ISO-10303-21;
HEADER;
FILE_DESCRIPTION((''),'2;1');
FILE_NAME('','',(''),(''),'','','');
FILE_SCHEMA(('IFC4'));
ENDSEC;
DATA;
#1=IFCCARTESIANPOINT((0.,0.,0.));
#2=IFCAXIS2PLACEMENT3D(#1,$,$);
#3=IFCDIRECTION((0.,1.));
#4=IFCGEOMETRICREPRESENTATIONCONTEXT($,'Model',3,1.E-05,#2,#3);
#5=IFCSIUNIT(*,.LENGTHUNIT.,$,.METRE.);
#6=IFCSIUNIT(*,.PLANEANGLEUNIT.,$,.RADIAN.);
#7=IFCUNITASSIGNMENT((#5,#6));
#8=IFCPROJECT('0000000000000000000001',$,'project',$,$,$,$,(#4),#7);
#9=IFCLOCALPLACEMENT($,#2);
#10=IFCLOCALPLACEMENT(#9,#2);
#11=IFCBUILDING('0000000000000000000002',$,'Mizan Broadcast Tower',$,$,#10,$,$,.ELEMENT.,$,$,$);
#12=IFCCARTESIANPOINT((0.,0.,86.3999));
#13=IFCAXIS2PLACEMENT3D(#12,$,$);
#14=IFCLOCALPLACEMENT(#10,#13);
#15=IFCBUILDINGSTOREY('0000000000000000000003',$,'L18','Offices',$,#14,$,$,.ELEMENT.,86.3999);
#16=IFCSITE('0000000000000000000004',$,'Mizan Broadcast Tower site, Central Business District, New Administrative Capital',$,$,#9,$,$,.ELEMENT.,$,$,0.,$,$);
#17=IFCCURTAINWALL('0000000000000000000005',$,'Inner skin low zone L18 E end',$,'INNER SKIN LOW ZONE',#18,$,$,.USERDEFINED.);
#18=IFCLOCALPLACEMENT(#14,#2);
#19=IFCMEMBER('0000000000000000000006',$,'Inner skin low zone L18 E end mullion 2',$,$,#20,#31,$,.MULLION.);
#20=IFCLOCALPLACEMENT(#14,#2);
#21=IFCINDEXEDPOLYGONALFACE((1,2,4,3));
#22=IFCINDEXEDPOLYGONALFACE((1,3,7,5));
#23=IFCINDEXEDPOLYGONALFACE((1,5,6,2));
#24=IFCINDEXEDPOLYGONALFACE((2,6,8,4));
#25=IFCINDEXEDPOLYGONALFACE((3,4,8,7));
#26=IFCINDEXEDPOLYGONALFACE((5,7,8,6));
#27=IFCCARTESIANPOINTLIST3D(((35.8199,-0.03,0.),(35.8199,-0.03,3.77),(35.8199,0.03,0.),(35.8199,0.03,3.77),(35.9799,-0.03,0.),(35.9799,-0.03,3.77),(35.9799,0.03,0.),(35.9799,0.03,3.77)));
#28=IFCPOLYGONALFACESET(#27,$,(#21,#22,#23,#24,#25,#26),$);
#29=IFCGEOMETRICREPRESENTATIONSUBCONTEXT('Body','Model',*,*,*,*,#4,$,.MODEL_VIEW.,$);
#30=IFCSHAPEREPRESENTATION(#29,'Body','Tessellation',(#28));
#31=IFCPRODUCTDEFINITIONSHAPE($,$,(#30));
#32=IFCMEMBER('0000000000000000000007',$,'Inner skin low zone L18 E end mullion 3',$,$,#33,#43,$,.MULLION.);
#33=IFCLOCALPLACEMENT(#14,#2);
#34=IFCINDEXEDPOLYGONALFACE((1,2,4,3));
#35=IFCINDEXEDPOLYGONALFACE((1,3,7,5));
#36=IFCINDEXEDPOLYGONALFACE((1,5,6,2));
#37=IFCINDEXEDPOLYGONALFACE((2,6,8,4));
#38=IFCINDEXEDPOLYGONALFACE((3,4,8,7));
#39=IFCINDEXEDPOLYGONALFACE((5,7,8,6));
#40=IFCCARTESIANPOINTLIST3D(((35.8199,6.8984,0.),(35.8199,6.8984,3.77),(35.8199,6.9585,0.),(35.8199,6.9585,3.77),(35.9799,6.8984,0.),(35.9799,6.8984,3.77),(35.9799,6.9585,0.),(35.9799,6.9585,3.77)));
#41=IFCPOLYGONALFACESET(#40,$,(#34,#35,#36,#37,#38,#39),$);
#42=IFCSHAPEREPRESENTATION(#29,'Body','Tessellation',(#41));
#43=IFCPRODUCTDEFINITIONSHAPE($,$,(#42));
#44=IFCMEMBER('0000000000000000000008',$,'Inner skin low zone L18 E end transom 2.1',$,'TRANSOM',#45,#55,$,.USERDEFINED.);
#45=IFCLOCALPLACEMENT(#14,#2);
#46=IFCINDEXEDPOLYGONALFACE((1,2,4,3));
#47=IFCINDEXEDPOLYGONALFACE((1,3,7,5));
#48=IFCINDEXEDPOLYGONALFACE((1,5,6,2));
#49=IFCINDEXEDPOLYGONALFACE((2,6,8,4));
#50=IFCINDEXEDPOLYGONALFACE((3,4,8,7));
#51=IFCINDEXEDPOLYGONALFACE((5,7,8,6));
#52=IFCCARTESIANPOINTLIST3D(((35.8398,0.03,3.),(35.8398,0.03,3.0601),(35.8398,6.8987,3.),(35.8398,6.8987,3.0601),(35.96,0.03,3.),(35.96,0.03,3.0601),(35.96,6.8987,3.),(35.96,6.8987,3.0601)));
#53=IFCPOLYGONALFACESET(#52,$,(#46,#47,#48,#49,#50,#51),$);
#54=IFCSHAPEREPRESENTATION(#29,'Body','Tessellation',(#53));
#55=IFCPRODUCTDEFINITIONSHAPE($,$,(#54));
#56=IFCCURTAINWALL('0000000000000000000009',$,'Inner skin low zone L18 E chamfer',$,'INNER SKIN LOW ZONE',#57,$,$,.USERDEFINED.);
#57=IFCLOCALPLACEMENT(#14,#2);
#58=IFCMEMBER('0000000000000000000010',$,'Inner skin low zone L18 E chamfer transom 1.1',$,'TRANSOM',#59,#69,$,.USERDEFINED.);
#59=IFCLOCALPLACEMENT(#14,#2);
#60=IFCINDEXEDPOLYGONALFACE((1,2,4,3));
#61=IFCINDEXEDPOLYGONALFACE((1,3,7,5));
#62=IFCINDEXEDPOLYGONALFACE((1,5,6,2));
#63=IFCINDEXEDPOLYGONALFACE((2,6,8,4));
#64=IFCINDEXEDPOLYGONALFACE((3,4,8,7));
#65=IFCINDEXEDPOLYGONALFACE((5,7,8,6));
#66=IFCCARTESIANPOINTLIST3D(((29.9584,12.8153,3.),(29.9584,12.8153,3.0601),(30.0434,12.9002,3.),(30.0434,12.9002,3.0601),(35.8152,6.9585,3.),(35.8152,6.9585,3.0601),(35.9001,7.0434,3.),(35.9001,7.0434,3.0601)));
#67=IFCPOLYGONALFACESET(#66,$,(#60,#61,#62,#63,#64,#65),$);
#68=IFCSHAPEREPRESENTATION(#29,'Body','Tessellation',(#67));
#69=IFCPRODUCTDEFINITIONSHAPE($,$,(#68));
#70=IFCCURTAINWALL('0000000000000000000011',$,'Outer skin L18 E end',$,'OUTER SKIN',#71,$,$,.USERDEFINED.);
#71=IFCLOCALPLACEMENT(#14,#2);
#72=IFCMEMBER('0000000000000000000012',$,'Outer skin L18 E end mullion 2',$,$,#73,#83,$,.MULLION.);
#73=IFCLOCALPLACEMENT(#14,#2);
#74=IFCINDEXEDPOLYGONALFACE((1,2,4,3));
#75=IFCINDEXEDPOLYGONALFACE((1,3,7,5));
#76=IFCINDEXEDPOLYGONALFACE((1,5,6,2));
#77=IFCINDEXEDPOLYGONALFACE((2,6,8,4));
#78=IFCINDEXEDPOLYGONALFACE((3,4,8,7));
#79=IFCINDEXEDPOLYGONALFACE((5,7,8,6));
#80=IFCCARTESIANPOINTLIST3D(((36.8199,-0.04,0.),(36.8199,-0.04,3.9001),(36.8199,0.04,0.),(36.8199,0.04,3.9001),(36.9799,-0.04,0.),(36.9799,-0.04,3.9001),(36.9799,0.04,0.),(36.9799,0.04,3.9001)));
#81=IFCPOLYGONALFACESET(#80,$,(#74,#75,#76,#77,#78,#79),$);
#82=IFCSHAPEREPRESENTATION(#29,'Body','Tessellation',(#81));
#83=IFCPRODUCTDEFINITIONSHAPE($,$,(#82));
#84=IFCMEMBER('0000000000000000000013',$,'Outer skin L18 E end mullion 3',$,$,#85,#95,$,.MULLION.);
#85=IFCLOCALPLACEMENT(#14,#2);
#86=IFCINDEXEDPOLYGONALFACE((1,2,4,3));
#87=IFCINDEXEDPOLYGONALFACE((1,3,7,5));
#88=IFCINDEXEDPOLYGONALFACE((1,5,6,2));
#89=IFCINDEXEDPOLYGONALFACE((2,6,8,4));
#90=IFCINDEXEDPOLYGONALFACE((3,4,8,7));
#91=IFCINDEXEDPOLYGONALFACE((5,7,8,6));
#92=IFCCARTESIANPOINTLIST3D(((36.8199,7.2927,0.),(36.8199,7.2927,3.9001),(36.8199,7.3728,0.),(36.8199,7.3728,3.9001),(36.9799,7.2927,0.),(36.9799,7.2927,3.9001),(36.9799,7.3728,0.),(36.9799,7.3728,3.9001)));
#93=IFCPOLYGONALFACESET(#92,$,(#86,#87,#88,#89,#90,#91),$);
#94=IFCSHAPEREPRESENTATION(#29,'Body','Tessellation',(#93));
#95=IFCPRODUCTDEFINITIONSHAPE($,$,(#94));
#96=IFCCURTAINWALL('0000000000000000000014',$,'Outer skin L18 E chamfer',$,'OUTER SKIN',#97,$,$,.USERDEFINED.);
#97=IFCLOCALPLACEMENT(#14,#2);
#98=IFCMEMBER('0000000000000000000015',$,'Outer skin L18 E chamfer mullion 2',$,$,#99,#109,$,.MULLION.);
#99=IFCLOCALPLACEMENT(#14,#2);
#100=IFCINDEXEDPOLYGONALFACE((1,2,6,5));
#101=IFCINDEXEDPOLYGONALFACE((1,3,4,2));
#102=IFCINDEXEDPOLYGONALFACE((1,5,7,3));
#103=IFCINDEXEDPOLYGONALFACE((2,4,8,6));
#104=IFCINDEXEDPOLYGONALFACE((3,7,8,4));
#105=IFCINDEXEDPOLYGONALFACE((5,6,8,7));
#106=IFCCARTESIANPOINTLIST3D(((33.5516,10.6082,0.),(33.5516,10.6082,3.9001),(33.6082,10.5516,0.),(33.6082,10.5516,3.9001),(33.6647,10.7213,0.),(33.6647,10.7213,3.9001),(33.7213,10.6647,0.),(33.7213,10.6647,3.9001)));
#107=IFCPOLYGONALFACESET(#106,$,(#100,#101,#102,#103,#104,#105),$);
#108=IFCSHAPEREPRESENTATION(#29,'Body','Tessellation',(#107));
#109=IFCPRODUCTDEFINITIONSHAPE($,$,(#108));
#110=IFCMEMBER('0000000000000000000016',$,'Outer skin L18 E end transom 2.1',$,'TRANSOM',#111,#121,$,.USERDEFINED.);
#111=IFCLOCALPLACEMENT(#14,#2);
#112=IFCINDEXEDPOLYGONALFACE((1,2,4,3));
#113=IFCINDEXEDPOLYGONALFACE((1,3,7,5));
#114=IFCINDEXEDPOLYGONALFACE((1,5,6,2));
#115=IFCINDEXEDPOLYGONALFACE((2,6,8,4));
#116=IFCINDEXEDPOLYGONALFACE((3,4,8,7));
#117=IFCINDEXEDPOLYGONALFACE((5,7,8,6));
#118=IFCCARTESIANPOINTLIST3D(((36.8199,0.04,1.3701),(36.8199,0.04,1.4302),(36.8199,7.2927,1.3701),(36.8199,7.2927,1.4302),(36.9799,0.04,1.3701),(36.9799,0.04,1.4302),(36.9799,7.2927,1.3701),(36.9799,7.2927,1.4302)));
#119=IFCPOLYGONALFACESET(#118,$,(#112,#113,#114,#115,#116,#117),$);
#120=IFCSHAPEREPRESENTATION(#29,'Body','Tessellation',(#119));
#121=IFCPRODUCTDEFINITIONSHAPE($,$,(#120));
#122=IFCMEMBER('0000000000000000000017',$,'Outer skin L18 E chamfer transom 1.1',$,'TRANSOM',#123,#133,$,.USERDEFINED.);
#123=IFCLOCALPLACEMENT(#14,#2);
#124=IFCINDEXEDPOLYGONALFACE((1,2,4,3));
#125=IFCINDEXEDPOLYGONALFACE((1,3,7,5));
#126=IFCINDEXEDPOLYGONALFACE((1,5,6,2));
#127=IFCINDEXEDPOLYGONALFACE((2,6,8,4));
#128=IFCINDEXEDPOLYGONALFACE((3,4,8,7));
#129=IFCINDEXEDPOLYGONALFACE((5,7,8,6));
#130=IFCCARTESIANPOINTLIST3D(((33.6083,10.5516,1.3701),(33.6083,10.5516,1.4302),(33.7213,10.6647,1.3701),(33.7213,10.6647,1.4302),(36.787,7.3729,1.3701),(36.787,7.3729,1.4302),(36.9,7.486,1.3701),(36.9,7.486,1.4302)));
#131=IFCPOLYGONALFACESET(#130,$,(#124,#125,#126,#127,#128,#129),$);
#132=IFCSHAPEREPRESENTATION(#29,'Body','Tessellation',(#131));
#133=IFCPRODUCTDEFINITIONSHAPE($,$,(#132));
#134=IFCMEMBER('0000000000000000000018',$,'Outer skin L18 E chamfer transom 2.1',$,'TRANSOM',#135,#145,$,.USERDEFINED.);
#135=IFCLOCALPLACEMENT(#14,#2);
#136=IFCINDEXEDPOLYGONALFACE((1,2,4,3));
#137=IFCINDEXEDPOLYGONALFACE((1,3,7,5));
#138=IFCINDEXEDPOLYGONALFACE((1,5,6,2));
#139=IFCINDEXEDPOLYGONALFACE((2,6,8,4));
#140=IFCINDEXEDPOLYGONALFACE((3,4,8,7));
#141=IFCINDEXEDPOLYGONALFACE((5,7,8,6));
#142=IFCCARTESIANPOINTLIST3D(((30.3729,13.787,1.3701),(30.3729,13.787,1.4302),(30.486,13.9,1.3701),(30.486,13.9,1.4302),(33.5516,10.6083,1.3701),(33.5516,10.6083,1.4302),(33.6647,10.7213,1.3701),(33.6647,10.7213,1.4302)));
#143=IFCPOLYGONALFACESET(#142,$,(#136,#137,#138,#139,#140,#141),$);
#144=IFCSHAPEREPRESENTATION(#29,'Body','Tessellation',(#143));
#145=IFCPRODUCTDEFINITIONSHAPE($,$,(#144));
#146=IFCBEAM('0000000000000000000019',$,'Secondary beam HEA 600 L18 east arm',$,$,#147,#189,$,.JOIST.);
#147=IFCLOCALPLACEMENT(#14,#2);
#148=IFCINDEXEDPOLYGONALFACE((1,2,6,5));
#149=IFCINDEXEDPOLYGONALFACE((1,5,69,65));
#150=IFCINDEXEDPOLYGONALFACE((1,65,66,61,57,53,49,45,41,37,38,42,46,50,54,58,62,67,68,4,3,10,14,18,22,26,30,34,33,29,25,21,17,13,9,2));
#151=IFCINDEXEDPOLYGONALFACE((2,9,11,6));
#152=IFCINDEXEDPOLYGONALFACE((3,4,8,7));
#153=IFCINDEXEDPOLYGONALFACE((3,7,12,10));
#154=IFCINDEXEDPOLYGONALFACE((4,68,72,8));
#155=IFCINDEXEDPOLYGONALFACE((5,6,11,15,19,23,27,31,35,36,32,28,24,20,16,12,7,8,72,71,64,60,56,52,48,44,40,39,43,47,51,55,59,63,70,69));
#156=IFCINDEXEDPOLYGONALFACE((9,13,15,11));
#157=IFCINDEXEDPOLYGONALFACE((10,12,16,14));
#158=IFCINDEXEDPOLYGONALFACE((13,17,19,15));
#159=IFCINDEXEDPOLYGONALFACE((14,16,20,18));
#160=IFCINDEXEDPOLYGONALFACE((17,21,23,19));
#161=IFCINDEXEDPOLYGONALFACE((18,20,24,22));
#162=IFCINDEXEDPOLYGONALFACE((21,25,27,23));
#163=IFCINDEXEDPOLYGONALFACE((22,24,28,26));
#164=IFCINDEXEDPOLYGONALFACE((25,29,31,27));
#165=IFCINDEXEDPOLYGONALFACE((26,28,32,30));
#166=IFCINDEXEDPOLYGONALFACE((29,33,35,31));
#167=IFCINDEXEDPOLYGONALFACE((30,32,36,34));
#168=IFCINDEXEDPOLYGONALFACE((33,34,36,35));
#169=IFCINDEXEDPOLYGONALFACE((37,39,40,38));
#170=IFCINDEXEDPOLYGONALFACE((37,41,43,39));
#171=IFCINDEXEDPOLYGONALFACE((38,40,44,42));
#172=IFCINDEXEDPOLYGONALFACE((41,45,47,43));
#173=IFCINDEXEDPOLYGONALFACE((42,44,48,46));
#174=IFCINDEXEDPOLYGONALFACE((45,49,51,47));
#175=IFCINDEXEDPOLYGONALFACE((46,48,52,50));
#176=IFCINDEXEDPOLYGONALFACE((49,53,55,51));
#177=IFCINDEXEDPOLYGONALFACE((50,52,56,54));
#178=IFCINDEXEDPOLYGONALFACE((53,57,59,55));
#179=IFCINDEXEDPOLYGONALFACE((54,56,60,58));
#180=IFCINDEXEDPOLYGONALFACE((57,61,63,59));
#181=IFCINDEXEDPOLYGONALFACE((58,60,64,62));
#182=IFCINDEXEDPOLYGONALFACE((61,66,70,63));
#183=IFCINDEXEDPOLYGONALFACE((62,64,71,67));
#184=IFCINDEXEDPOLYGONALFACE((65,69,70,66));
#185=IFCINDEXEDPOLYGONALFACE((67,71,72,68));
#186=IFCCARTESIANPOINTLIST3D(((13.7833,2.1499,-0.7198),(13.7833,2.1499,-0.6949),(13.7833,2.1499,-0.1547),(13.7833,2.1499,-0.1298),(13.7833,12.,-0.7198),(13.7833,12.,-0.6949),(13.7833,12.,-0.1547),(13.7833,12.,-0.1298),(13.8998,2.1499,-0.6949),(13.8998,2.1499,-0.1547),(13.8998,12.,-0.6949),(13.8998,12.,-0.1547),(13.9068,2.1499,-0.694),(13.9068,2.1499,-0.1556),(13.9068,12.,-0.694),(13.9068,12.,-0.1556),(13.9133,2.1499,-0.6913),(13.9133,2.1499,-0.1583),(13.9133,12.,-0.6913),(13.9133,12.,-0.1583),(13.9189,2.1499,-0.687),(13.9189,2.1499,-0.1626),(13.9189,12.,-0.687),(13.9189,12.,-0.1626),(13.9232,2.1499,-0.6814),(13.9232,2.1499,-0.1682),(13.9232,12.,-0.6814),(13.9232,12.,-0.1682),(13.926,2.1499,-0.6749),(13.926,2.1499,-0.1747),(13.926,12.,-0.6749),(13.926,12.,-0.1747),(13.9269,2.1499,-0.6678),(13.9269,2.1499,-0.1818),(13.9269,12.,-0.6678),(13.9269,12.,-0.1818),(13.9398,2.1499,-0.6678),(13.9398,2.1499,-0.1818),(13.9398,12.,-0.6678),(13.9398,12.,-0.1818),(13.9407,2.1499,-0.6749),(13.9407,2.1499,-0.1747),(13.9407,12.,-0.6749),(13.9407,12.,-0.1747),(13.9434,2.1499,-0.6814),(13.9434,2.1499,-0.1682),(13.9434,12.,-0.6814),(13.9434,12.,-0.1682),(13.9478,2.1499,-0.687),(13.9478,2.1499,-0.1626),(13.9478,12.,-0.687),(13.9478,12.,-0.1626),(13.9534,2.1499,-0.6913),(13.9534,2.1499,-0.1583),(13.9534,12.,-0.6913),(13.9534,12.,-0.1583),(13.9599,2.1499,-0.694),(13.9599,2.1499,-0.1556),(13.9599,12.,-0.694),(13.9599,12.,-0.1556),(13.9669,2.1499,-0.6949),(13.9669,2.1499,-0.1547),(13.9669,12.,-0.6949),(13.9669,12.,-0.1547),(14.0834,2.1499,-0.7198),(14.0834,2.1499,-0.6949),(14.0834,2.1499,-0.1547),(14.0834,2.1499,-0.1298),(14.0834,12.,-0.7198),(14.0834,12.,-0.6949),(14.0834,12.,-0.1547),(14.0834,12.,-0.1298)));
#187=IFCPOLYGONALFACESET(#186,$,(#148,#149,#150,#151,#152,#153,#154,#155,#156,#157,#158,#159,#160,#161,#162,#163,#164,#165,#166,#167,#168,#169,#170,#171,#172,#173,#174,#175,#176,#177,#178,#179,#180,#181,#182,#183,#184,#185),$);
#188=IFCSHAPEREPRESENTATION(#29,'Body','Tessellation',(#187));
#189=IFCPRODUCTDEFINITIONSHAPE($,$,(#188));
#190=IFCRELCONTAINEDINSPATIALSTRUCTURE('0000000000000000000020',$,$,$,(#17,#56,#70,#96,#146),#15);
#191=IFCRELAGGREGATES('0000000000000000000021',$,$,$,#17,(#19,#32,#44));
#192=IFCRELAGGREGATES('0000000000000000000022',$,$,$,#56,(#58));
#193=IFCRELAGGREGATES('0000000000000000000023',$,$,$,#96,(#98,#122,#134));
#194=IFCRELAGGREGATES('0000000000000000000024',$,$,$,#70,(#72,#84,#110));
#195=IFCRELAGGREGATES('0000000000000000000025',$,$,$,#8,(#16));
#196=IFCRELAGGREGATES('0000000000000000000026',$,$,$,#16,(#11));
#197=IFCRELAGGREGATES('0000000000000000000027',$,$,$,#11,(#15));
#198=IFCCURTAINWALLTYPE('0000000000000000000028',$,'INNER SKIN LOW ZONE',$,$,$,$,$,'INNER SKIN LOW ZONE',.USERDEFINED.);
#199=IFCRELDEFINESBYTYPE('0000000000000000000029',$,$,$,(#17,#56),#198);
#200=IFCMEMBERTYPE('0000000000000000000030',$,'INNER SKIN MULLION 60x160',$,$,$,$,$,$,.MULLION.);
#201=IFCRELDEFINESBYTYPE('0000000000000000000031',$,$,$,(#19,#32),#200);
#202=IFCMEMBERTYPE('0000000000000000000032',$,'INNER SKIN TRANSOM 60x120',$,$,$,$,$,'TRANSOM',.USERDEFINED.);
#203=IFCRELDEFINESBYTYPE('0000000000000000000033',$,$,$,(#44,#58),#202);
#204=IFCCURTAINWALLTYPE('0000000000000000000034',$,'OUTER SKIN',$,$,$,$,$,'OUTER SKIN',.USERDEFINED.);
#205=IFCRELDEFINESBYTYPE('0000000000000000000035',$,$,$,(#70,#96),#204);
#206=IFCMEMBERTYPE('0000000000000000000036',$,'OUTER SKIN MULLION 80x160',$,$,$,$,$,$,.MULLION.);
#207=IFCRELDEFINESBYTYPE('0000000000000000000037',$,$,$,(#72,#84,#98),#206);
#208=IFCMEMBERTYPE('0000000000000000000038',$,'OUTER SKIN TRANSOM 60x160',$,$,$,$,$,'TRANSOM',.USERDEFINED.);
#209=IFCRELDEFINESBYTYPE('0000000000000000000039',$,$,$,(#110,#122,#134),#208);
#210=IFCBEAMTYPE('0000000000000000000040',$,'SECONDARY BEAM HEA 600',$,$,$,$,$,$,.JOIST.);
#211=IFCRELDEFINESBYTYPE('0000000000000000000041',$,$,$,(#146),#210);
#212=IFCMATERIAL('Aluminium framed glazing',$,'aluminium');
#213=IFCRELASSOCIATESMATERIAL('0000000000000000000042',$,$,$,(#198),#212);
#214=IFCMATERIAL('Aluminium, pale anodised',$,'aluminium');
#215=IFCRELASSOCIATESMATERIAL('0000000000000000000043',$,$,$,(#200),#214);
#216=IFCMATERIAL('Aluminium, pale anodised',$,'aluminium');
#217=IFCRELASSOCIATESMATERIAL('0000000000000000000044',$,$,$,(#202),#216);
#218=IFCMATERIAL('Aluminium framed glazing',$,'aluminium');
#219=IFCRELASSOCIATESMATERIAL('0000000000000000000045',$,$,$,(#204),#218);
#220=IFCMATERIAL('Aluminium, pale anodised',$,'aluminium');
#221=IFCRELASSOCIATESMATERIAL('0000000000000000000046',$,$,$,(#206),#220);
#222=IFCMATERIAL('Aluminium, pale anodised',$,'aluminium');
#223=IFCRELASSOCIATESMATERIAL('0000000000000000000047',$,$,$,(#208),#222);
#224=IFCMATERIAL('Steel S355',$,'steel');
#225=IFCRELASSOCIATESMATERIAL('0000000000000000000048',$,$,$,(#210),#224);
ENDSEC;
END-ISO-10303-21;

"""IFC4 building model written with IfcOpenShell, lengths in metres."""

from ifc_helpers import new_model, si_unit, direction, frame, origin, origin_2d, place, context, subcontext, project, spatial, rectangle, i_section, extrude, material, material_profile, profile_set, type_object, element, aggregate, save


model = new_model("IFC4")

# Units and contexts
model_context = context("Model", 3, precision=1e-05, world=origin(), true_north=direction((0.0, 1.0)))
body_context = subcontext(model_context, "Body", "Model", "MODEL_VIEW")
ifc_project = project(units=[si_unit("LENGTHUNIT", "METRE"), si_unit("PLANEANGLEUNIT", "RADIAN")], contexts=[model_context])

# Site, building, storey
site_placement = place(None, origin())
site = spatial("IfcSite", under=ifc_project, at=site_placement, Name="Mizan Broadcast Tower site, Central Business District, New Administrative Capital", CompositionType="ELEMENT", RefElevation=0.0)
building_placement = place(site_placement, origin())
building = spatial("IfcBuilding", under=site, at=building_placement, Name="Mizan Broadcast Tower", CompositionType="ELEMENT")
storey_placement = place(building_placement, frame((0.0, 0.0, 86.3999)))
storey = spatial("IfcBuildingStorey", under=building, at=storey_placement, Name="L18", Description="Offices", CompositionType="ELEMENT", Elevation=86.3999)

# Curtain wall, members
ifc_material_1 = material(Name="Aluminium framed glazing", Category="aluminium")
curtain_wall_type_1 = type_object("IfcCurtainWallType", Name="INNER SKIN LOW ZONE", ElementType="INNER SKIN LOW ZONE", PredefinedType="USERDEFINED", material=ifc_material_1)
curtain_wall_1_placement = place(storey_placement, origin())
curtain_wall_1 = element("IfcCurtainWall", 1, at=curtain_wall_1_placement, inside=storey, type_object=curtain_wall_type_1, Name="Inner skin low zone L18 E end", ObjectType="INNER SKIN LOW ZONE", PredefinedType="USERDEFINED")
ifc_material_2 = material(Name="Aluminium, pale anodised", Category="aluminium")
ifc_material_profile_1 = material_profile(ifc_material_2, rectangle(XDim=0.1599, YDim=0.0601, at=origin_2d()), Name="MULLION 160x60")
ifc_profile_set_1 = profile_set([ifc_material_profile_1], Name="Aluminium, pale anodised")
member_type_1 = type_object("IfcMemberType", Name="INNER SKIN MULLION 60x160", PredefinedType="MULLION", material=ifc_profile_set_1)
member_1_placement = place(storey_placement, frame((35.8999, 0.0, 0.0), z_axis=(0.0, 0.0, 1.0), x_axis=(-1.0, 0.0, 0.0)))
member_1 = element("IfcMember", 2, at=member_1_placement, type_object=member_type_1, Name="Inner skin low zone L18 E end mullion 2", PredefinedType="MULLION", context=body_context, shape_type="SweptSolid", body=[
    extrude(rectangle(XDim=0.1599, YDim=0.0601, at=origin_2d()), origin(), (0.0, 0.0, 1.0), 3.77),
])
member_2_placement = place(storey_placement, frame((35.8999, 6.9285, 0.0), z_axis=(0.0, 0.0, 1.0), x_axis=(-1.0, 0.0, 0.0)))
member_2 = element("IfcMember", 3, at=member_2_placement, type_object=member_type_1, Name="Inner skin low zone L18 E end mullion 3", PredefinedType="MULLION", context=body_context, shape_type="SweptSolid", body=[
    extrude(rectangle(XDim=0.1599, YDim=0.0601, at=origin_2d()), origin(), (0.0, 0.0, 1.0), 3.77),
])
ifc_material_3 = material(Name="Aluminium, pale anodised", Category="aluminium")
ifc_material_profile_2 = material_profile(ifc_material_3, rectangle(XDim=0.1201, YDim=0.0601, at=origin_2d()), Name="TRANSOM 120x60")
ifc_profile_set_2 = profile_set([ifc_material_profile_2], Name="Aluminium, pale anodised")
member_type_2 = type_object("IfcMemberType", Name="INNER SKIN TRANSOM 60x120", ElementType="TRANSOM", PredefinedType="USERDEFINED", material=ifc_profile_set_2)
member_3_placement = place(storey_placement, frame((35.8999, 0.03, 3.03), z_axis=(0.0, 1.0, 0.0), x_axis=(-1.0, 0.0, 0.0)))
member_3 = element("IfcMember", 4, at=member_3_placement, type_object=member_type_2, Name="Inner skin low zone L18 E end transom 2.1", ObjectType="TRANSOM", PredefinedType="USERDEFINED", context=body_context, shape_type="SweptSolid", body=[
    extrude(rectangle(XDim=0.1201, YDim=0.0601, at=origin_2d()), origin(), (0.0, 0.0, 1.0), 6.8687),
])

# Curtain wall, member
curtain_wall_2_placement = place(storey_placement, origin())
curtain_wall_2 = element("IfcCurtainWall", 5, at=curtain_wall_2_placement, inside=storey, type_object=curtain_wall_type_1, Name="Inner skin low zone L18 E chamfer", ObjectType="INNER SKIN LOW ZONE", PredefinedType="USERDEFINED")
member_4_placement = place(storey_placement, frame((35.8577, 7.001, 3.03), z_axis=(-0.707107, 0.707107, 0.0), x_axis=(-0.707107, -0.707107, 0.0)))
member_4 = element("IfcMember", 6, at=member_4_placement, type_object=member_type_2, Name="Inner skin low zone L18 E chamfer transom 1.1", ObjectType="TRANSOM", PredefinedType="USERDEFINED", context=body_context, shape_type="SweptSolid", body=[
    extrude(rectangle(XDim=0.1201, YDim=0.0601, at=origin_2d()), origin(), (0.0, 0.0, 1.0), 8.2827),
])

# Curtain wall, members
ifc_material_4 = material(Name="Aluminium framed glazing", Category="aluminium")
curtain_wall_type_2 = type_object("IfcCurtainWallType", Name="OUTER SKIN", ElementType="OUTER SKIN", PredefinedType="USERDEFINED", material=ifc_material_4)
curtain_wall_3_placement = place(storey_placement, origin())
curtain_wall_3 = element("IfcCurtainWall", 7, at=curtain_wall_3_placement, inside=storey, type_object=curtain_wall_type_2, Name="Outer skin L18 E end", ObjectType="OUTER SKIN", PredefinedType="USERDEFINED")
ifc_material_5 = material(Name="Aluminium, pale anodised", Category="aluminium")
ifc_material_profile_3 = material_profile(ifc_material_5, rectangle(XDim=0.1599, YDim=0.0801, at=origin_2d()), Name="MULLION 160x80")
ifc_profile_set_3 = profile_set([ifc_material_profile_3], Name="Aluminium, pale anodised")
member_type_3 = type_object("IfcMemberType", Name="OUTER SKIN MULLION 80x160", PredefinedType="MULLION", material=ifc_profile_set_3)
member_5_placement = place(storey_placement, frame((36.8999, 0.0, 0.0), z_axis=(0.0, 0.0, 1.0), x_axis=(-1.0, 0.0, 0.0)))
member_5 = element("IfcMember", 8, at=member_5_placement, type_object=member_type_3, Name="Outer skin L18 E end mullion 2", PredefinedType="MULLION", context=body_context, shape_type="SweptSolid", body=[
    extrude(rectangle(XDim=0.1599, YDim=0.0801, at=origin_2d()), origin(), (0.0, 0.0, 1.0), 3.9001),
])
member_6_placement = place(storey_placement, frame((36.8999, 7.3328, 0.0), z_axis=(0.0, 0.0, 1.0), x_axis=(-1.0, 0.0, 0.0)))
member_6 = element("IfcMember", 9, at=member_6_placement, type_object=member_type_3, Name="Outer skin L18 E end mullion 3", PredefinedType="MULLION", context=body_context, shape_type="SweptSolid", body=[
    extrude(rectangle(XDim=0.1599, YDim=0.0801, at=origin_2d()), origin(), (0.0, 0.0, 1.0), 3.9001),
])

# Curtain wall, member
curtain_wall_4_placement = place(storey_placement, origin())
curtain_wall_4 = element("IfcCurtainWall", 10, at=curtain_wall_4_placement, inside=storey, type_object=curtain_wall_type_2, Name="Outer skin L18 E chamfer", ObjectType="OUTER SKIN", PredefinedType="USERDEFINED")
member_7_placement = place(storey_placement, frame((33.6365, 10.6365, 0.0), z_axis=(0.0, 0.0, 1.0), x_axis=(-0.707107, -0.707107, 0.0)))
member_7 = element("IfcMember", 11, at=member_7_placement, type_object=member_type_3, Name="Outer skin L18 E chamfer mullion 2", PredefinedType="MULLION", context=body_context, shape_type="SweptSolid", body=[
    extrude(rectangle(XDim=0.1599, YDim=0.0801, at=origin_2d()), origin(), (0.0, 0.0, 1.0), 3.9001),
])

# Members
ifc_material_6 = material(Name="Aluminium, pale anodised", Category="aluminium")
ifc_material_profile_4 = material_profile(ifc_material_6, rectangle(XDim=0.1599, YDim=0.0601, at=origin_2d()), Name="TRANSOM 160x60")
ifc_profile_set_4 = profile_set([ifc_material_profile_4], Name="Aluminium, pale anodised")
member_type_4 = type_object("IfcMemberType", Name="OUTER SKIN TRANSOM 60x160", ElementType="TRANSOM", PredefinedType="USERDEFINED", material=ifc_profile_set_4)
member_8_placement = place(storey_placement, frame((36.8999, 0.04, 1.4001), z_axis=(0.0, 1.0, 0.0), x_axis=(-1.0, 0.0, 0.0)))
member_8 = element("IfcMember", 12, at=member_8_placement, type_object=member_type_4, Name="Outer skin L18 E end transom 2.1", ObjectType="TRANSOM", PredefinedType="USERDEFINED", context=body_context, shape_type="SweptSolid", body=[
    extrude(rectangle(XDim=0.1599, YDim=0.0601, at=origin_2d()), origin(), (0.0, 0.0, 1.0), 7.2527),
])
member_9_placement = place(storey_placement, frame((36.8435, 7.4294, 1.4001), z_axis=(-0.707107, 0.707107, 0.0), x_axis=(-0.707107, -0.707107, 0.0)))
member_9 = element("IfcMember", 13, at=member_9_placement, type_object=member_type_4, Name="Outer skin L18 E chamfer transom 1.1", ObjectType="TRANSOM", PredefinedType="USERDEFINED", context=body_context, shape_type="SweptSolid", body=[
    extrude(rectangle(XDim=0.1599, YDim=0.0601, at=origin_2d()), origin(), (0.0, 0.0, 1.0), 4.4954),
])
member_10_placement = place(storey_placement, frame((33.6082, 10.6648, 1.4001), z_axis=(-0.707107, 0.707107, 0.0), x_axis=(-0.707107, -0.707107, 0.0)))
member_10 = element("IfcMember", 14, at=member_10_placement, type_object=member_type_4, Name="Outer skin L18 E chamfer transom 2.1", ObjectType="TRANSOM", PredefinedType="USERDEFINED", context=body_context, shape_type="SweptSolid", body=[
    extrude(rectangle(XDim=0.1599, YDim=0.0601, at=origin_2d()), origin(), (0.0, 0.0, 1.0), 4.4954),
])

# Beam
ifc_material_7 = material(Name="Steel S355", Category="steel")
ifc_material_profile_5 = material_profile(ifc_material_7, i_section(OverallWidth=0.3, OverallDepth=0.5901, WebThickness=0.0129, FlangeThickness=0.0249, FilletRadius=0.0271, at=origin_2d()), Name="HEA 600")
ifc_profile_set_5 = profile_set([ifc_material_profile_5], Name="Steel S355")
beam_type_1 = type_object("IfcBeamType", Name="SECONDARY BEAM HEA 600", PredefinedType="JOIST", material=ifc_profile_set_5)
for number, where, z_axis, x_axis, name in (
    (15, (13.9333, 12.0, -0.4248), (0.0, -1.0, 0.0), (1.0, 0.0, 0.0), "Secondary beam HEA 600 L18 east arm"),
):
    element("IfcBeam", number, at=place(storey_placement, frame(where, z_axis=z_axis, x_axis=x_axis)), inside=storey, type_object=beam_type_1, Name=name, PredefinedType="JOIST", context=body_context, shape_type="SweptSolid", body=[
        extrude(i_section(OverallWidth=0.3, OverallDepth=0.5901, WebThickness=0.0129, FlangeThickness=0.0249, FilletRadius=0.0271, at=origin_2d()), origin(), (0.0, 0.0, 1.0), 9.8501),
    ])

aggregate(curtain_wall_1, [member_1, member_2, member_3])
aggregate(curtain_wall_2, [member_4])
aggregate(curtain_wall_4, [member_7, member_9, member_10])
aggregate(curtain_wall_3, [member_5, member_6, member_8])

save(model, "model.ifc")
